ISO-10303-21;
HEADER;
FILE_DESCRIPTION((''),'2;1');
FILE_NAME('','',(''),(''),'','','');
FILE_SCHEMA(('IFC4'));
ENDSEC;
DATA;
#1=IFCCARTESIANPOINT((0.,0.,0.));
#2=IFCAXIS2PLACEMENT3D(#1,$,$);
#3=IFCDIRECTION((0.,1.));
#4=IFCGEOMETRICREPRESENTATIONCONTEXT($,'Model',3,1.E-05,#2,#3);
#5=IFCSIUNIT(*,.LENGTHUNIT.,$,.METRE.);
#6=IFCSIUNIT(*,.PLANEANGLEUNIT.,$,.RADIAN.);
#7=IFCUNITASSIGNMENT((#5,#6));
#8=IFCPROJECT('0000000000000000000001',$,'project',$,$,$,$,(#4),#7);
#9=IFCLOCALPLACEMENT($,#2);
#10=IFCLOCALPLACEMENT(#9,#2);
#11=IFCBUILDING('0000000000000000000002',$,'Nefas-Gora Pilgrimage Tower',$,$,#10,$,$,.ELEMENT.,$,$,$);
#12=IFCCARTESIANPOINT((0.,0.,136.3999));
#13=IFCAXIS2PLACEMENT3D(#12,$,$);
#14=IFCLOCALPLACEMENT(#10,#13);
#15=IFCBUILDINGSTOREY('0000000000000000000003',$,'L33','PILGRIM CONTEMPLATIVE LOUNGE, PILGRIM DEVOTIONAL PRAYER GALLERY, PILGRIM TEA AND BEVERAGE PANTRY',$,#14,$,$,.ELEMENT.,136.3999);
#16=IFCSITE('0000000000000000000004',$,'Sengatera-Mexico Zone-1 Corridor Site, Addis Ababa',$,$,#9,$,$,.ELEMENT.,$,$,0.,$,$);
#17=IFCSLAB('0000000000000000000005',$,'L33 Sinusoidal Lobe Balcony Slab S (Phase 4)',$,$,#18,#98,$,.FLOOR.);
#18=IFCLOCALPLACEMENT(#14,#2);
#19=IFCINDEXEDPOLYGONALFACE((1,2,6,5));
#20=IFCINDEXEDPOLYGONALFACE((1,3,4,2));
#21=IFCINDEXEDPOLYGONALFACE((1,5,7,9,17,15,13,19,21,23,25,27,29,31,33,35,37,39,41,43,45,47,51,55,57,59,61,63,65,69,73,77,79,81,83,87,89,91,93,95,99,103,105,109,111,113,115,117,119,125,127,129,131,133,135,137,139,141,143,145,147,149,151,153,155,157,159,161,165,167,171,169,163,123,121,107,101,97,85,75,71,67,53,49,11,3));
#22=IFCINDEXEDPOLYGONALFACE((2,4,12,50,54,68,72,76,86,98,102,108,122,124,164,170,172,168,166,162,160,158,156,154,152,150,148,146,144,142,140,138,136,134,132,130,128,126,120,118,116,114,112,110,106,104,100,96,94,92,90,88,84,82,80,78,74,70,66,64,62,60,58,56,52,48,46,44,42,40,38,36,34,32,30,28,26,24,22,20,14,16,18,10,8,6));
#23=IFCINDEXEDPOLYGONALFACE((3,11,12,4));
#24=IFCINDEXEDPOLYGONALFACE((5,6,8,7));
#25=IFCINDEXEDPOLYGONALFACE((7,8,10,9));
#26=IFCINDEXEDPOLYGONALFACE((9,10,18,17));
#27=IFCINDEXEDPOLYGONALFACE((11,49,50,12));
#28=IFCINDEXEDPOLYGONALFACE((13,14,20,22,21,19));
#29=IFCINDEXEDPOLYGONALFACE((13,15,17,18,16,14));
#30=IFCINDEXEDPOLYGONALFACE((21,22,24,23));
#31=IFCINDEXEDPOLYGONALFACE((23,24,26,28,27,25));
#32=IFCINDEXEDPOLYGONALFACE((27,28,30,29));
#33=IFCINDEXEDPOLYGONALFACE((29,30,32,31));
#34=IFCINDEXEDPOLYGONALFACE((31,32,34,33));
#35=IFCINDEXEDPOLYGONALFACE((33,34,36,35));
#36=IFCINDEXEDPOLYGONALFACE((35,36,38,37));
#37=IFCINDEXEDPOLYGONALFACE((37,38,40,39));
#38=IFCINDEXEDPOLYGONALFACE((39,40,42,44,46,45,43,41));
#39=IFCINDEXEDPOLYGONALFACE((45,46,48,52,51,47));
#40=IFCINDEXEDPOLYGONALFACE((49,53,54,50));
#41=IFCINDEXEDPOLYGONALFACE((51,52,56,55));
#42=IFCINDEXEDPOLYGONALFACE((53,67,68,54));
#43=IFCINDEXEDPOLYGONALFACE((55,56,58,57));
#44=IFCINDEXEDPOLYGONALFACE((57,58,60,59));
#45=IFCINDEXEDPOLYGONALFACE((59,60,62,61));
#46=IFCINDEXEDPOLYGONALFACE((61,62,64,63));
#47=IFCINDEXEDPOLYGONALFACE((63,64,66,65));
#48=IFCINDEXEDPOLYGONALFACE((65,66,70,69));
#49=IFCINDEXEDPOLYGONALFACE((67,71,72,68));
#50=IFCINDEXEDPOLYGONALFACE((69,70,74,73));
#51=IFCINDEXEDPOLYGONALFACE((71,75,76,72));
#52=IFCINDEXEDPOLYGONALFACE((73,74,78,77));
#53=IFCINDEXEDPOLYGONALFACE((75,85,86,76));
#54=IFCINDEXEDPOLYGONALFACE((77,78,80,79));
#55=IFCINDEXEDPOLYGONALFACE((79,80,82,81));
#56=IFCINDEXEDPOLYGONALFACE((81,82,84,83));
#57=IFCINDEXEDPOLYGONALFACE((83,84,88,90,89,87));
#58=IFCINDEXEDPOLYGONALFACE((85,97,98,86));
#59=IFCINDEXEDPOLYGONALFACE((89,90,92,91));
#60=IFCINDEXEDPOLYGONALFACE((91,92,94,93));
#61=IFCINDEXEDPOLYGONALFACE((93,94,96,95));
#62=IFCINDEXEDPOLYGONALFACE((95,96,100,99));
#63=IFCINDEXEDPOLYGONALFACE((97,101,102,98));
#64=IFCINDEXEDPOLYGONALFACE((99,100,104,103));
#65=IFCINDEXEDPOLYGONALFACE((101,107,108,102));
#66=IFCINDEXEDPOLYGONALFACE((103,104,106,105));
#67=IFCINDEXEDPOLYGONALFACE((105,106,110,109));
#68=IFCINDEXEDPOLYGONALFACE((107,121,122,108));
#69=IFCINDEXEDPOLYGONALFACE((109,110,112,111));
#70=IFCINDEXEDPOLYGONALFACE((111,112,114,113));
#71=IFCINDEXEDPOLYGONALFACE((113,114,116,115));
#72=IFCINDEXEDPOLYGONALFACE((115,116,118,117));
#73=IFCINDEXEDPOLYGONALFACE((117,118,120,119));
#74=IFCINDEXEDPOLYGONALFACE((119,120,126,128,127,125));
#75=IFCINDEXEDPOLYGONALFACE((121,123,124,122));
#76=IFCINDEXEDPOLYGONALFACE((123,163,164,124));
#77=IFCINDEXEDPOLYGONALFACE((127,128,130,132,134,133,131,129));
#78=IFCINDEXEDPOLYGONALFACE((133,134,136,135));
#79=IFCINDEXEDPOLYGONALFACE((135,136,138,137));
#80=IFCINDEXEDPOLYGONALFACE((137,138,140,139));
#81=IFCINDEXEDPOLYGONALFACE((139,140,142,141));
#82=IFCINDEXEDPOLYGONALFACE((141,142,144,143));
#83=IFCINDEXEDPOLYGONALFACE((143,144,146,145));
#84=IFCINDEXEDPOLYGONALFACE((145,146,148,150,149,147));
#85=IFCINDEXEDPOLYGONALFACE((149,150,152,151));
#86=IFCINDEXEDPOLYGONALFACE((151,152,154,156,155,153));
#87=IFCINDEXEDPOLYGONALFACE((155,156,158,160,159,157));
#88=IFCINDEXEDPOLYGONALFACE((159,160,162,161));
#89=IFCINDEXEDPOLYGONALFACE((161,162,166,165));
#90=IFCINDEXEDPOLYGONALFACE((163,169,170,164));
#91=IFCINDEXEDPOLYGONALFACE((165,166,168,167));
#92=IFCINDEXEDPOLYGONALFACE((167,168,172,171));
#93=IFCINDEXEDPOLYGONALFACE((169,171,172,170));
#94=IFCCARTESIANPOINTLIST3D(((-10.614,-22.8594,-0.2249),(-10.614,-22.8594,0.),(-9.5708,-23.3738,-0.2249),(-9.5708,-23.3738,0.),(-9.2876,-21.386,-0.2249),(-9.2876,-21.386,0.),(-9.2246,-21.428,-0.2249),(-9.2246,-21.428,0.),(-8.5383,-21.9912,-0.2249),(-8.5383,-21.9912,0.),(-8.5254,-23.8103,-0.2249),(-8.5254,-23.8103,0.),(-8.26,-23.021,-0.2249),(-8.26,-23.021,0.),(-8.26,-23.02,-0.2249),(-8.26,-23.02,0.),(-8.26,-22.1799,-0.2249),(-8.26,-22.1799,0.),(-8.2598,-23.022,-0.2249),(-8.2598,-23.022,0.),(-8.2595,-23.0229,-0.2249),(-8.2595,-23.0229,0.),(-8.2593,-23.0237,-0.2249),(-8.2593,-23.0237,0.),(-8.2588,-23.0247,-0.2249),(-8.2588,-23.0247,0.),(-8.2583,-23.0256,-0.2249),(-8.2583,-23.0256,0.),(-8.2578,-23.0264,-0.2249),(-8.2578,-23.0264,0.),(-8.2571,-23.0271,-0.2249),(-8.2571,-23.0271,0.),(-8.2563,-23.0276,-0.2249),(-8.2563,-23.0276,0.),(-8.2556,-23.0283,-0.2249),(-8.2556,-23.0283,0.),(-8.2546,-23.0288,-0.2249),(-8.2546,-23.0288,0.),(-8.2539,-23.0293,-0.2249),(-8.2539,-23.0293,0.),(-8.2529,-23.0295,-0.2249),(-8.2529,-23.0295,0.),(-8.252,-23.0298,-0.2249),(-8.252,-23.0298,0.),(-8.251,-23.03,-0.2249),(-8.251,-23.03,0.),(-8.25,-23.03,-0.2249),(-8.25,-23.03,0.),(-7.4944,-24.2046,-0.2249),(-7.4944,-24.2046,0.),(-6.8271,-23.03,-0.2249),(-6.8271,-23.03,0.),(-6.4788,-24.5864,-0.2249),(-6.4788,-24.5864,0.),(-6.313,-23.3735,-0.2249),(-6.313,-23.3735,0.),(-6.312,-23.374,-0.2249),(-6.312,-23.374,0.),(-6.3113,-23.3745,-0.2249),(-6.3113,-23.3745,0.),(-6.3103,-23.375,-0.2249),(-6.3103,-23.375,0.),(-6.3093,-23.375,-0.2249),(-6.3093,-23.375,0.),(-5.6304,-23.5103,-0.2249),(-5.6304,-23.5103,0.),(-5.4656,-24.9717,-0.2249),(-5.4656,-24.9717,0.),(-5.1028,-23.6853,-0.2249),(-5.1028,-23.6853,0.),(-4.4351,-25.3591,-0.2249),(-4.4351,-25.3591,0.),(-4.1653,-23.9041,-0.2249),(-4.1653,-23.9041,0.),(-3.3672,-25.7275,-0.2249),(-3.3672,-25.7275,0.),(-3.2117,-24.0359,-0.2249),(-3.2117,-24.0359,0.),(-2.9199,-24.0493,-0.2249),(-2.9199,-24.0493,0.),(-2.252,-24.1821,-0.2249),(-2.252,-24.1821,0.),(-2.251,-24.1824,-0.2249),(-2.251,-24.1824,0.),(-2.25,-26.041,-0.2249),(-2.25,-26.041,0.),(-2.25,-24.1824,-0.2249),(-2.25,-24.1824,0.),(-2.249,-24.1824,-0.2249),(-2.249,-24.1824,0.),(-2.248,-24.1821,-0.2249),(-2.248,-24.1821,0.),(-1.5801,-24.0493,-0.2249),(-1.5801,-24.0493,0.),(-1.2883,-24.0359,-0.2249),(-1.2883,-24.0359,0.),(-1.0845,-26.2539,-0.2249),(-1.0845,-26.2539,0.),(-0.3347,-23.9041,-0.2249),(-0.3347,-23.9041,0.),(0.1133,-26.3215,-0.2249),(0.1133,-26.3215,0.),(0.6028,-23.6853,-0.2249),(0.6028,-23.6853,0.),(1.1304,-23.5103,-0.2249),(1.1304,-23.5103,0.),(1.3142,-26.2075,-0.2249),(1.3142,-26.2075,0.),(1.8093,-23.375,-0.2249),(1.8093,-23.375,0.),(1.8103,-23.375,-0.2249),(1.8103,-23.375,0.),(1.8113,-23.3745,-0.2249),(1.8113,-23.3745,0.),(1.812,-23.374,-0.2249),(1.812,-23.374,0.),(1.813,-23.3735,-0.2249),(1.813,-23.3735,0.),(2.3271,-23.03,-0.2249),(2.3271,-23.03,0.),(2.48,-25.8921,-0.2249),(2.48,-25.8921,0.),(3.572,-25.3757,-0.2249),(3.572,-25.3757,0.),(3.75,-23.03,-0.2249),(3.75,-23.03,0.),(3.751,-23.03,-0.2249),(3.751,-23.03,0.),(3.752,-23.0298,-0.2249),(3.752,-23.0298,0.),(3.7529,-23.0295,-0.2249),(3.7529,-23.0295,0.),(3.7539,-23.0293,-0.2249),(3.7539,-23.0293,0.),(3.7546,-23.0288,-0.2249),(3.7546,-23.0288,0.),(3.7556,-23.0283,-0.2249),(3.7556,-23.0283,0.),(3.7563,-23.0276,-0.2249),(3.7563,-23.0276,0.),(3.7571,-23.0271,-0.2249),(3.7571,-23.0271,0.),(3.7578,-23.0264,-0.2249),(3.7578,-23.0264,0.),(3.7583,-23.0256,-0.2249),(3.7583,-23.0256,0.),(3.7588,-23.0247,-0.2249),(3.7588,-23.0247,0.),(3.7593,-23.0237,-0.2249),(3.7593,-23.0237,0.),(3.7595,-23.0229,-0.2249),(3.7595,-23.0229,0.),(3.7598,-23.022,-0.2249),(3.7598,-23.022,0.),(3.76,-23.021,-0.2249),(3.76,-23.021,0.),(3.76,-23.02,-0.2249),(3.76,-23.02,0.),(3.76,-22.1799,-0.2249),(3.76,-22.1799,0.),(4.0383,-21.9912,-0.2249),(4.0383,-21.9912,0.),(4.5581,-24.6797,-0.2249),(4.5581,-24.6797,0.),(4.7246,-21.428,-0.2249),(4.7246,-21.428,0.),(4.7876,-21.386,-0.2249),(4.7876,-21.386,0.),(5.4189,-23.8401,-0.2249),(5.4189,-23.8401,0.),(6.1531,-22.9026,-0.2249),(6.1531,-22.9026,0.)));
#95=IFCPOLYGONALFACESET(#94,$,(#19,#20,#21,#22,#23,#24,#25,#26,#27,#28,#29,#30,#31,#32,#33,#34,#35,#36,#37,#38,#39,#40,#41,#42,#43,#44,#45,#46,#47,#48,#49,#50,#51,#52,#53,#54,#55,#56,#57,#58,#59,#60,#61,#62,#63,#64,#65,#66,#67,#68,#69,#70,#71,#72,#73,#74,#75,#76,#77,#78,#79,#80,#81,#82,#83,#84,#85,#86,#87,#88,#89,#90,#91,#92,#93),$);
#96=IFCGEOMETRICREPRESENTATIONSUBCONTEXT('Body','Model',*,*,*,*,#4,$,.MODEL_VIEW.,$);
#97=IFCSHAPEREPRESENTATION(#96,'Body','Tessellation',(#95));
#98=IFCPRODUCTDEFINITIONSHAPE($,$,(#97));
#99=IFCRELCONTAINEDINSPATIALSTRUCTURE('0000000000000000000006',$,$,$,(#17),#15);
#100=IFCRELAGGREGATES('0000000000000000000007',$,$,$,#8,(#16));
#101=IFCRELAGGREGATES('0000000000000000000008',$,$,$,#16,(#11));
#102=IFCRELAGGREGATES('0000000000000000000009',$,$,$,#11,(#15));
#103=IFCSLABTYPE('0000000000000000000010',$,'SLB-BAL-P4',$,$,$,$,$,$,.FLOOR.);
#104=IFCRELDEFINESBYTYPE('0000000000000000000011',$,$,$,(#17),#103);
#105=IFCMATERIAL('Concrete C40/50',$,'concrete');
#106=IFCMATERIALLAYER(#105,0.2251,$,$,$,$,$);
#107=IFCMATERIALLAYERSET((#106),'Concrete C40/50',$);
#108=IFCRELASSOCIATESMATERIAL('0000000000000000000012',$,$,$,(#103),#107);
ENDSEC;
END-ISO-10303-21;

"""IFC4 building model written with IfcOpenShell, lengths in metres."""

from ifc_helpers import new_model, si_unit, direction, frame, origin, place, context, subcontext, project, spatial, polyline, outline, extrude, material, layer, layer_set, type_object, element, save


model = new_model("IFC4")

# Units and contexts
model_context = context("Model", 3, precision=1e-05, world=origin(), true_north=direction((0.0, 1.0)))
body_context = subcontext(model_context, "Body", "Model", "MODEL_VIEW")
ifc_project = project(units=[si_unit("LENGTHUNIT", "METRE"), si_unit("PLANEANGLEUNIT", "RADIAN")], contexts=[model_context])

# Site, building, storey
site_placement = place(None, origin())
site = spatial("IfcSite", under=ifc_project, at=site_placement, Name="Sengatera-Mexico Zone-1 Corridor Site, Addis Ababa", CompositionType="ELEMENT", RefElevation=0.0)
building_placement = place(site_placement, origin())
building = spatial("IfcBuilding", under=site, at=building_placement, Name="Nefas-Gora Pilgrimage Tower", CompositionType="ELEMENT")
storey_placement = place(building_placement, frame((0.0, 0.0, 136.3999)))
storey = spatial("IfcBuildingStorey", under=building, at=storey_placement, Name="L33", Description="PILGRIM CONTEMPLATIVE LOUNGE, PILGRIM DEVOTIONAL PRAYER GALLERY, PILGRIM TEA AND BEVERAGE PANTRY", CompositionType="ELEMENT", Elevation=136.3999)

# Slab
ifc_material_1 = material(Name="Concrete C40/50", Category="concrete")
ifc_layer_1 = layer(ifc_material_1, 0.2251)
ifc_layer_set_1 = layer_set([ifc_layer_1], Name="Concrete C40/50")
slab_type_1 = type_object("IfcSlabType", Name="SLB-BAL-P4", PredefinedType="FLOOR", material=ifc_layer_set_1)
slab_1_placement = place(storey_placement, frame((0.0, 0.0, -0.2249)))
element("IfcSlab", 1, at=slab_1_placement, inside=storey, type_object=slab_type_1, Name="L33 Sinusoidal Lobe Balcony Slab S (Phase 4)", PredefinedType="FLOOR", context=body_context, shape_type="SweptSolid", body=[
    extrude(outline(polyline([(4.7876, -21.386), (4.7246, -21.428), (4.0383, -21.9912), (3.76, -22.1799), (3.76, -23.02), (3.76, -23.021), (3.7598, -23.022), (3.7595, -23.0229), (3.7593, -23.0237), (3.7588, -23.0247), (3.7583, -23.0256), (3.7578, -23.0264), (3.7571, -23.0271), (3.7563, -23.0276), (3.7556, -23.0283), (3.7546, -23.0288), (3.7539, -23.0293), (3.7529, -23.0295), (3.752, -23.0298), (3.751, -23.03), (3.75, -23.03), (2.3271, -23.03), (1.813, -23.3735), (1.812, -23.374), (1.8113, -23.3745), (1.8103, -23.375), (1.8093, -23.375), (1.1304, -23.5103), (0.6028, -23.6853), (-0.3347, -23.9041), (-1.2883, -24.0359), (-1.5801, -24.0493), (-2.248, -24.1821), (-2.249, -24.1824), (-2.25, -24.1824), (-2.251, -24.1824), (-2.252, -24.1821), (-2.9199, -24.0493), (-3.2117, -24.0359), (-4.1653, -23.9041), (-5.1028, -23.6853), (-5.6304, -23.5103), (-6.3093, -23.375), (-6.3103, -23.375), (-6.3113, -23.3745), (-6.312, -23.374), (-6.313, -23.3735), (-6.8271, -23.03), (-8.25, -23.03), (-8.251, -23.03), (-8.252, -23.0298), (-8.2529, -23.0295), (-8.2539, -23.0293), (-8.2546, -23.0288), (-8.2556, -23.0283), (-8.2563, -23.0276), (-8.2571, -23.0271), (-8.2578, -23.0264), (-8.2583, -23.0256), (-8.2588, -23.0247), (-8.2593, -23.0237), (-8.2595, -23.0229), (-8.2598, -23.022), (-8.26, -23.021), (-8.26, -23.02), (-8.26, -22.1799), (-8.5383, -21.9912), (-9.2246, -21.428), (-9.2876, -21.386), (-10.614, -22.8594), (-9.5708, -23.3738), (-8.5254, -23.8103), (-7.4944, -24.2046), (-6.4788, -24.5864), (-5.4656, -24.9717), (-4.4351, -25.3591), (-3.3672, -25.7275), (-2.25, -26.041), (-1.0845, -26.2539), (0.1133, -26.3215), (1.3142, -26.2075), (2.48, -25.8921), (3.572, -25.3757), (4.5581, -24.6797), (5.4189, -23.8401), (6.1531, -22.9026), (4.7876, -21.386)])), origin(), (0.0, 0.0, 1.0), 0.2249),
])

save(model, "model.ifc")
